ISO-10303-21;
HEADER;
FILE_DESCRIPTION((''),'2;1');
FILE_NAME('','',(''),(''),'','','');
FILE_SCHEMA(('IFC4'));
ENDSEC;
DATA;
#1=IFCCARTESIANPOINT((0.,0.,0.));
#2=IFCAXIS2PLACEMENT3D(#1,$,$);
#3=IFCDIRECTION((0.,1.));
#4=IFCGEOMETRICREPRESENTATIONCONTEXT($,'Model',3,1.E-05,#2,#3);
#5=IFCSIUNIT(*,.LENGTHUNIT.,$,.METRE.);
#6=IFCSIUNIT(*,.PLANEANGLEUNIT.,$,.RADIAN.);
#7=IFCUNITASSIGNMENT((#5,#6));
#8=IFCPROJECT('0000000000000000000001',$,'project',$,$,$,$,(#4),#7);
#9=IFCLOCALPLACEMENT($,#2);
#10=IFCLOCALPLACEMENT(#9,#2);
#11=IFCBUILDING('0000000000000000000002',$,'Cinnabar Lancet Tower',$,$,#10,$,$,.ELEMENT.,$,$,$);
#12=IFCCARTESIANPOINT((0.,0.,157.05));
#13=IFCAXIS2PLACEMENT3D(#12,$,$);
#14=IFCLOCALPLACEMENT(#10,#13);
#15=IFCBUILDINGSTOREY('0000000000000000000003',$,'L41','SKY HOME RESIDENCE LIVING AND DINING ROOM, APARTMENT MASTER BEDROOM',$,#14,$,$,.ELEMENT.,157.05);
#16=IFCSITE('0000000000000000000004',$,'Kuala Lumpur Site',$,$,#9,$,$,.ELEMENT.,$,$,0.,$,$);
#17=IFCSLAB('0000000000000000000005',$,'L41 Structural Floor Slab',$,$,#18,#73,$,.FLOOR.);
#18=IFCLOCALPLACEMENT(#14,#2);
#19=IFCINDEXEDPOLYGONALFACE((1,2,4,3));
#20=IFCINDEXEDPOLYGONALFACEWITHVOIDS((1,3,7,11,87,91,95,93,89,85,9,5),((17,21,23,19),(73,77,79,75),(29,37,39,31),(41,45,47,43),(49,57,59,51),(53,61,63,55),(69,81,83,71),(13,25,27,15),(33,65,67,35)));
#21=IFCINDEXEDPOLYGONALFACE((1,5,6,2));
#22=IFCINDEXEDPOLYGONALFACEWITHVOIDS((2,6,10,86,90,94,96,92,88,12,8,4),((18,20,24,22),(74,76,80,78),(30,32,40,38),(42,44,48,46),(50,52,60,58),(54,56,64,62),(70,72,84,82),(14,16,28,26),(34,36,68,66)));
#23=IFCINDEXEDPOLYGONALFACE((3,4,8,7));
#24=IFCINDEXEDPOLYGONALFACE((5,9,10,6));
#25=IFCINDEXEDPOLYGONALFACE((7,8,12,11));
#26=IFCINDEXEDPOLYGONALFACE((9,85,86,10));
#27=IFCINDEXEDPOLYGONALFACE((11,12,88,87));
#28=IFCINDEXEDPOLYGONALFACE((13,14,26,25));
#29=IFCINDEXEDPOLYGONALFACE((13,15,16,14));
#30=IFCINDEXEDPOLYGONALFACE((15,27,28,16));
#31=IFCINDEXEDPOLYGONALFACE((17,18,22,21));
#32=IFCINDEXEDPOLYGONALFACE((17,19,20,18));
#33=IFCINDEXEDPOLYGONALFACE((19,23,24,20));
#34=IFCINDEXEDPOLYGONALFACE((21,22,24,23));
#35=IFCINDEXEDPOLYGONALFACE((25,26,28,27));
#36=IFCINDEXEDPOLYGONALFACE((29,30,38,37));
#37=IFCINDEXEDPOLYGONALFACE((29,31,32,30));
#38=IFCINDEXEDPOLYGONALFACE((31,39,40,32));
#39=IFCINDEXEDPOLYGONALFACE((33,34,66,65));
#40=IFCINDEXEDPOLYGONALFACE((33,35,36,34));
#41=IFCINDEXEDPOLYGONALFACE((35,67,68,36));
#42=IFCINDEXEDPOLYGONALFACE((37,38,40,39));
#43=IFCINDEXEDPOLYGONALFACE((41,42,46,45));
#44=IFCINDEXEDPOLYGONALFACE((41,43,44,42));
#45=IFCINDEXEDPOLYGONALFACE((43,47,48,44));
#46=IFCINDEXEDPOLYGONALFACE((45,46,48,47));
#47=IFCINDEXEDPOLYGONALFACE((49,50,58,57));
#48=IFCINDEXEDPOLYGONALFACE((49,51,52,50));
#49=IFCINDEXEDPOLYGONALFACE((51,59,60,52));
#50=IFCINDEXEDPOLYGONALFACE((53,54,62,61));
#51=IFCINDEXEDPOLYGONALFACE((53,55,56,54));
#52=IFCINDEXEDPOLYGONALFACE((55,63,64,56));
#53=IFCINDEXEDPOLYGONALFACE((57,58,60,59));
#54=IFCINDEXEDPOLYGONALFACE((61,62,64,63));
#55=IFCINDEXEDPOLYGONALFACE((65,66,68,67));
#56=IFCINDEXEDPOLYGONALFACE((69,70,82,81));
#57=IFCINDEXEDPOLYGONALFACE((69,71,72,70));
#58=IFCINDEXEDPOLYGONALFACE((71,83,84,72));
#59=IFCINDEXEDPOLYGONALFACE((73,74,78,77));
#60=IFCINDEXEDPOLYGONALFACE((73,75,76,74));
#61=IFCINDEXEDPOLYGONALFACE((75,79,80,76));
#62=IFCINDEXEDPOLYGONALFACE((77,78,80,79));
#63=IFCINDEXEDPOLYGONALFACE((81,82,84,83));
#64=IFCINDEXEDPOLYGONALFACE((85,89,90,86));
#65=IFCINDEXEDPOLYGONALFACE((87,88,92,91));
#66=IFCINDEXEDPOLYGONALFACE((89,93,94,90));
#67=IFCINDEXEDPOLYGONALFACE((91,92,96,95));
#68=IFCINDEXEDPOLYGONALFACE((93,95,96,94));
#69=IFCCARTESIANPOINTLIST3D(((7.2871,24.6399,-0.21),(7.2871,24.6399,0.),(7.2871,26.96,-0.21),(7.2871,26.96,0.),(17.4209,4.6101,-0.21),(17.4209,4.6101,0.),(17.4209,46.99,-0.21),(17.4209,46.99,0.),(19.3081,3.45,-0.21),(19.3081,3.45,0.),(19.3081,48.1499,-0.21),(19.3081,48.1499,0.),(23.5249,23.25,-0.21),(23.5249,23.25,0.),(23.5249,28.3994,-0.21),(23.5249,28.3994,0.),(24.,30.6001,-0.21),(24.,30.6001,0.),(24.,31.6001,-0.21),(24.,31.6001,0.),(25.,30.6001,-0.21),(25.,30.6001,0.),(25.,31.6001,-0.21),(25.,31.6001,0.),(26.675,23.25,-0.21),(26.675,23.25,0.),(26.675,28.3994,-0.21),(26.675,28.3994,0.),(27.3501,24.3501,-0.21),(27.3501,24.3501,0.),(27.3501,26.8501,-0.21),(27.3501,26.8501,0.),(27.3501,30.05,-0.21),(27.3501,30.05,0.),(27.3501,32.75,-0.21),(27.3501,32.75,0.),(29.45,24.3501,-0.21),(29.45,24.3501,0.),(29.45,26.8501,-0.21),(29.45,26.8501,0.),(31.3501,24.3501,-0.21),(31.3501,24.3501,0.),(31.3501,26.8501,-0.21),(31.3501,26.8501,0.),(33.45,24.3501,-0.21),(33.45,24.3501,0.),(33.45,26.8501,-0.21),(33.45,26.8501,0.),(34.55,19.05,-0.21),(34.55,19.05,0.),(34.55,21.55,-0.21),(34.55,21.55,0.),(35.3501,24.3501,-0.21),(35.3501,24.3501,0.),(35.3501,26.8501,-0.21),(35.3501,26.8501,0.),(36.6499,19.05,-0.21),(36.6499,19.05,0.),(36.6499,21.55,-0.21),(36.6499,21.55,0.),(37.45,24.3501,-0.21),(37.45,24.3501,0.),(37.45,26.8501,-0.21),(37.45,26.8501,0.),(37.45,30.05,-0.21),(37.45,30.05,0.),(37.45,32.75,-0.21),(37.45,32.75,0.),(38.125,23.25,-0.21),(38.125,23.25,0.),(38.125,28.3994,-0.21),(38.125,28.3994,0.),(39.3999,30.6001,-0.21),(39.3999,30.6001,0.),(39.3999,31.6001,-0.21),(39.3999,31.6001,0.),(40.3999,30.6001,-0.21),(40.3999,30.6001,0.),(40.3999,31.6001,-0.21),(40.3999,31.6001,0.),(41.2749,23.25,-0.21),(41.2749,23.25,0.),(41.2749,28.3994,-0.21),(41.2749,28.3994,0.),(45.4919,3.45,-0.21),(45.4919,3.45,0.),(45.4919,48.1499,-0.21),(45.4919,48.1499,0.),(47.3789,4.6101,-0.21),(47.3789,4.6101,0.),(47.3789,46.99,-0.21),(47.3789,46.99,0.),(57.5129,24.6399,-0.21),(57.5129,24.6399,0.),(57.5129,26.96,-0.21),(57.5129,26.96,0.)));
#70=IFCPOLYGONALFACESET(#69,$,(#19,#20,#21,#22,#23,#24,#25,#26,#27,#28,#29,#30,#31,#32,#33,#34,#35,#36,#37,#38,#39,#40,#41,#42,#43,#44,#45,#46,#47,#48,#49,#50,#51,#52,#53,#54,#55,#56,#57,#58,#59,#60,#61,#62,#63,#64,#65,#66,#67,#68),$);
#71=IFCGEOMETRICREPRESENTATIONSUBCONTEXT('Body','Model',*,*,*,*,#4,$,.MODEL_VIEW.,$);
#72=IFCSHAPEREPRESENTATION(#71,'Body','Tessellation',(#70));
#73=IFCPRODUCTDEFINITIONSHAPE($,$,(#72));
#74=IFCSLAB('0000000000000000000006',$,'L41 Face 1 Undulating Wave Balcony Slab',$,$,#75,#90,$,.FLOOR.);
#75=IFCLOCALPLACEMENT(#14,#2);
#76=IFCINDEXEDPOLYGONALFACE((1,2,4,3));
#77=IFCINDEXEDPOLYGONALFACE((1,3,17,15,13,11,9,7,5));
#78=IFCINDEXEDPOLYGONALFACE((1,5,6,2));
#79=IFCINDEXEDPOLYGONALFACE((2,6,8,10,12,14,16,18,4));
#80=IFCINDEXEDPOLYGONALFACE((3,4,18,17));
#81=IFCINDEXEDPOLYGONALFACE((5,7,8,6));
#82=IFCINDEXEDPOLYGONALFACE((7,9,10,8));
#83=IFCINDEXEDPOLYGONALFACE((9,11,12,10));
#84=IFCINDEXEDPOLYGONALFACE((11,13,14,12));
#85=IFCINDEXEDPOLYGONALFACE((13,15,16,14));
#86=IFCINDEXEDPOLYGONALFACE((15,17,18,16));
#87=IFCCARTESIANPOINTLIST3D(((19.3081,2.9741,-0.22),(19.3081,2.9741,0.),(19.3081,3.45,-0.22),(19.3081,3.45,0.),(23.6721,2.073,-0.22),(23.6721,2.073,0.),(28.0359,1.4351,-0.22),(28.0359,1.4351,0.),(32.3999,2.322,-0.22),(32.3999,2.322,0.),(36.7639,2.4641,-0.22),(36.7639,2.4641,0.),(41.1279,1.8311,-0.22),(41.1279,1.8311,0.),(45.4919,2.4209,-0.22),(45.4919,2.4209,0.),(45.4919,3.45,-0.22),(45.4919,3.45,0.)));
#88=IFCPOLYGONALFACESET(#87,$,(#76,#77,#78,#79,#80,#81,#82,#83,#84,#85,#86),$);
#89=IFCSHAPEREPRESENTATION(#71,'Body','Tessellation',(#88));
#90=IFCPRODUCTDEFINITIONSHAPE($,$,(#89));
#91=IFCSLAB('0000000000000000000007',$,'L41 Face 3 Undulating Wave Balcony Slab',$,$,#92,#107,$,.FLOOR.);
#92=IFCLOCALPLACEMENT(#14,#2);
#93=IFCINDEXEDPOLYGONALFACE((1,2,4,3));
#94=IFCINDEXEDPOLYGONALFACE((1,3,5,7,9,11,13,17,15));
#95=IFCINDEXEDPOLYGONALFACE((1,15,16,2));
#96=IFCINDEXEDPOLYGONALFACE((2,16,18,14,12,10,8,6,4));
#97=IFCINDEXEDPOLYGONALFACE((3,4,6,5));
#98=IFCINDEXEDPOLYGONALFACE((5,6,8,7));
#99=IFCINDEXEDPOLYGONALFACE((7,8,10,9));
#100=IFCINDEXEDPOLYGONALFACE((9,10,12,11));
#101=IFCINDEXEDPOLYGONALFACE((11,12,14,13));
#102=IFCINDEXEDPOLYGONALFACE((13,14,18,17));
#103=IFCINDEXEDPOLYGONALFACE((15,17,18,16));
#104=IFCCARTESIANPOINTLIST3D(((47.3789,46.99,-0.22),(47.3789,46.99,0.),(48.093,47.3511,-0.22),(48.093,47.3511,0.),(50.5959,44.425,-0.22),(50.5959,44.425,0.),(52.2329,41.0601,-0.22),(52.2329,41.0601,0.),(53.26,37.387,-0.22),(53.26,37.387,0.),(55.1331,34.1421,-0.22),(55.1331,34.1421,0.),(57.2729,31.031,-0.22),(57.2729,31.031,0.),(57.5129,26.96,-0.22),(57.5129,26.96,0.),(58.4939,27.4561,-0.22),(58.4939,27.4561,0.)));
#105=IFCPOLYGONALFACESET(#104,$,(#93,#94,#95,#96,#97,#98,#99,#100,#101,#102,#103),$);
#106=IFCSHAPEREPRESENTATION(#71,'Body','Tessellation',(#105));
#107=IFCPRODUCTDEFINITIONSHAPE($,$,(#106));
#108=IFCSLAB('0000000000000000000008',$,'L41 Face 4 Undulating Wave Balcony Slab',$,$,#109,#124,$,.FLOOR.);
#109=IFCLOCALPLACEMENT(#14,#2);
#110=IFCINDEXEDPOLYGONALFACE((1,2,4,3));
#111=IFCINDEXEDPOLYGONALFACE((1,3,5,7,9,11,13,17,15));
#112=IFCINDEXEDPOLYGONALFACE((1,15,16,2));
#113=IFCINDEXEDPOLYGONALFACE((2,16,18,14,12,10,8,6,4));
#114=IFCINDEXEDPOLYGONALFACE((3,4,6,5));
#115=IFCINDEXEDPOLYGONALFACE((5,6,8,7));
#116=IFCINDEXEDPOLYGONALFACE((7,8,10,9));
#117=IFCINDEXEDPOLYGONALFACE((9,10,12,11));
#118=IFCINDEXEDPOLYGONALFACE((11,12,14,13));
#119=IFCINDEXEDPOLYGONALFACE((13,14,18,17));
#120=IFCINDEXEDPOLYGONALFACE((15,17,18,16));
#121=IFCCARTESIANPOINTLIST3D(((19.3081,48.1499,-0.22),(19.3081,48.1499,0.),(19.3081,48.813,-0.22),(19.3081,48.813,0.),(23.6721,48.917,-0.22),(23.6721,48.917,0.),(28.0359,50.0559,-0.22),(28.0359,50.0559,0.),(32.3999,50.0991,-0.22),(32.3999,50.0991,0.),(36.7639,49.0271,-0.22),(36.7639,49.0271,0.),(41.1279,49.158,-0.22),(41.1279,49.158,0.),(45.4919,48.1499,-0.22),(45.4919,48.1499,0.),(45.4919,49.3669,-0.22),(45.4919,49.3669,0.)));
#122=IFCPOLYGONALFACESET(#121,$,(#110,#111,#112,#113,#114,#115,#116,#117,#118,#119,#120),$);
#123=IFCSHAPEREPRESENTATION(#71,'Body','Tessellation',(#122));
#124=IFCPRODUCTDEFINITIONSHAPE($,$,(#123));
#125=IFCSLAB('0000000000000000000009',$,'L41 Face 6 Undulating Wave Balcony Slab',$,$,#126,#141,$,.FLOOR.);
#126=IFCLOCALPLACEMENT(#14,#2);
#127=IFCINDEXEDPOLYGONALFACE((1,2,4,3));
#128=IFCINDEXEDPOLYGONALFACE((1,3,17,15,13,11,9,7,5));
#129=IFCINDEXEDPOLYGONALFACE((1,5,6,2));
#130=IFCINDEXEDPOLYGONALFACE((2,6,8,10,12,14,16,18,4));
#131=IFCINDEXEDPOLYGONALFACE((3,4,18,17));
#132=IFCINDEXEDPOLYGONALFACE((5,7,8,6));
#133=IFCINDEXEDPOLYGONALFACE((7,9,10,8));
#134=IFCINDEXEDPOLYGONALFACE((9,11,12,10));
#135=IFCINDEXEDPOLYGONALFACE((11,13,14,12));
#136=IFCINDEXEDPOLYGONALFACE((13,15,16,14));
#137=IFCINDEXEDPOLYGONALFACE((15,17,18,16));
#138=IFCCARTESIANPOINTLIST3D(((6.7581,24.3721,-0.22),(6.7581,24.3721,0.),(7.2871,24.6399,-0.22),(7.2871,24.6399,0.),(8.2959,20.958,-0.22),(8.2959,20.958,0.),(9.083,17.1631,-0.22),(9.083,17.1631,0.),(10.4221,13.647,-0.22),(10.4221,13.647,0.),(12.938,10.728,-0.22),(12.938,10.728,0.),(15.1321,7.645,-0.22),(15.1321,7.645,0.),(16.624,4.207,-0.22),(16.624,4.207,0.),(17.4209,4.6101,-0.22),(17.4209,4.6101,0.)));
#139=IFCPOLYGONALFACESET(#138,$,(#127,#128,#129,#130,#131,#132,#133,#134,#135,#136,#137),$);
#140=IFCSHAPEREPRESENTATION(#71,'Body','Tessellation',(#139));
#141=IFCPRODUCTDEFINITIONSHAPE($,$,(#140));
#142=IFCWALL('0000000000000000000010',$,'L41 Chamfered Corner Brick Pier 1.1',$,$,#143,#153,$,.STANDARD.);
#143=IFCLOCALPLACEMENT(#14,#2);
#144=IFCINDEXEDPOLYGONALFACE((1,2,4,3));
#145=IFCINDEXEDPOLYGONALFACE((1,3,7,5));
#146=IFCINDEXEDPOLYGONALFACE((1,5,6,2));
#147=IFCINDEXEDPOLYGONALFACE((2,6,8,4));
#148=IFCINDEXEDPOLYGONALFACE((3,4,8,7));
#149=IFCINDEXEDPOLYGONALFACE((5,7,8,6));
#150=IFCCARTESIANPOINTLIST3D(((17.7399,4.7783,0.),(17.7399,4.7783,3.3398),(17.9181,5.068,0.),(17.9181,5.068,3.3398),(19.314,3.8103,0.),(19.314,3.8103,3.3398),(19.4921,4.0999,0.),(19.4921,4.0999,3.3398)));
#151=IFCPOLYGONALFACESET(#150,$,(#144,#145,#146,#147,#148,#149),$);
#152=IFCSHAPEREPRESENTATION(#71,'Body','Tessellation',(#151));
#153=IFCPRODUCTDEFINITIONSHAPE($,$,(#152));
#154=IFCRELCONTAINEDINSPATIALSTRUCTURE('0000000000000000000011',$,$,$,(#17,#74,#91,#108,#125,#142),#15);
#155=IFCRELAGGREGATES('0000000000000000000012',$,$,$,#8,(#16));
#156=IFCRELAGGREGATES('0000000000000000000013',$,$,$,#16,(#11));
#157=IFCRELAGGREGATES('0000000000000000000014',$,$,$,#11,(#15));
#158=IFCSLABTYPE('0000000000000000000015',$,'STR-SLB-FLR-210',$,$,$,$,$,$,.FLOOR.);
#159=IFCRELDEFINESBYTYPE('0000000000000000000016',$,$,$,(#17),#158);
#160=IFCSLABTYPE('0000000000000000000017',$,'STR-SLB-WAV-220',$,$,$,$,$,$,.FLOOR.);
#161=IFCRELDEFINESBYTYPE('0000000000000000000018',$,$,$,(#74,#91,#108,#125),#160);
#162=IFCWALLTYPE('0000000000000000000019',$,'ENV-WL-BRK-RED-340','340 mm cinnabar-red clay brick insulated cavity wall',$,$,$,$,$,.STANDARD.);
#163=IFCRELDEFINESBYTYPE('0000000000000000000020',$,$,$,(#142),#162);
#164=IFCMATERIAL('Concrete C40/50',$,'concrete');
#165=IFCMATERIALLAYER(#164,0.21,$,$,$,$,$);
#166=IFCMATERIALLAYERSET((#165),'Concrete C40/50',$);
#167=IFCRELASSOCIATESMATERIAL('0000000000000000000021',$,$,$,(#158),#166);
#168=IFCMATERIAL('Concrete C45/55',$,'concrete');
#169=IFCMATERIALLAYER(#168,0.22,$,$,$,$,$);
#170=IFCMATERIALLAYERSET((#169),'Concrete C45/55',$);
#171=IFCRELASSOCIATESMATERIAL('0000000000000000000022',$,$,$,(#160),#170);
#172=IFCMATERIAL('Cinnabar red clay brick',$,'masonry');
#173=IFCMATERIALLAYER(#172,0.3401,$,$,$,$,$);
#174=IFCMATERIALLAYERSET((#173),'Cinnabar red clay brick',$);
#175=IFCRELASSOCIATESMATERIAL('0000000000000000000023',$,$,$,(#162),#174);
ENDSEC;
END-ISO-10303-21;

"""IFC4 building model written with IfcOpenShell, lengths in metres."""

from ifc_helpers import new_model, si_unit, direction, frame, frame_2d, origin, place, context, subcontext, project, spatial, polyline, rectangle, outline, extrude, material, layer, layer_set, type_object, element, save


model = new_model("IFC4")

# Units and contexts
model_context = context("Model", 3, precision=1e-05, world=origin(), true_north=direction((0.0, 1.0)))
body_context = subcontext(model_context, "Body", "Model", "MODEL_VIEW")
ifc_project = project(units=[si_unit("LENGTHUNIT", "METRE"), si_unit("PLANEANGLEUNIT", "RADIAN")], contexts=[model_context])

# Site, building, storey
site_placement = place(None, origin())
site = spatial("IfcSite", under=ifc_project, at=site_placement, Name="Kuala Lumpur Site", CompositionType="ELEMENT", RefElevation=0.0)
building_placement = place(site_placement, origin())
building = spatial("IfcBuilding", under=site, at=building_placement, Name="Cinnabar Lancet Tower", CompositionType="ELEMENT")
storey_placement = place(building_placement, frame((0.0, 0.0, 157.05)))
storey = spatial("IfcBuildingStorey", under=building, at=storey_placement, Name="L41", Description="SKY HOME RESIDENCE LIVING AND DINING ROOM, APARTMENT MASTER BEDROOM", CompositionType="ELEMENT", Elevation=157.05)

# Slabs
ifc_material_1 = material(Name="Concrete C40/50", Category="concrete")
ifc_layer_1 = layer(ifc_material_1, 0.21)
ifc_layer_set_1 = layer_set([ifc_layer_1], Name="Concrete C40/50")
slab_type_1 = type_object("IfcSlabType", Name="STR-SLB-FLR-210", PredefinedType="FLOOR", material=ifc_layer_set_1)
slab_1_placement = place(storey_placement, frame((0.0, 0.0, -0.21)))
element("IfcSlab", 1, at=slab_1_placement, inside=storey, type_object=slab_type_1, Name="L41 Structural Floor Slab", PredefinedType="FLOOR", context=body_context, shape_type="SweptSolid", body=[
    extrude(outline(polyline([(17.4209, 4.6101), (19.3081, 3.45), (45.4919, 3.45), (47.3789, 4.6101), (57.5129, 24.6399), (57.5129, 26.96), (47.3789, 46.99), (45.4919, 48.1499), (19.3081, 48.1499), (17.4209, 46.99), (7.2871, 26.96), (7.2871, 24.6399), (17.4209, 4.6101)]), holes=[polyline([(23.5249, 23.25), (26.675, 23.25), (26.675, 28.3994), (23.5249, 28.3994), (23.5249, 23.25)]), polyline([(38.125, 23.25), (41.2749, 23.25), (41.2749, 28.3994), (38.125, 28.3994), (38.125, 23.25)]), polyline([(27.3501, 30.05), (37.45, 30.05), (37.45, 32.75), (27.3501, 32.75), (27.3501, 30.05)]), polyline([(34.55, 19.05), (36.6499, 19.05), (36.6499, 21.55), (34.55, 21.55), (34.55, 19.05)]), polyline([(27.3501, 24.3501), (29.45, 24.3501), (29.45, 26.8501), (27.3501, 26.8501), (27.3501, 24.3501)]), polyline([(35.3501, 24.3501), (37.45, 24.3501), (37.45, 26.8501), (35.3501, 26.8501), (35.3501, 24.3501)]), polyline([(31.3501, 24.3501), (33.45, 24.3501), (33.45, 26.8501), (31.3501, 26.8501), (31.3501, 24.3501)]), polyline([(24.0, 30.6001), (25.0, 30.6001), (25.0, 31.6001), (24.0, 31.6001), (24.0, 30.6001)]), polyline([(39.3999, 30.6001), (40.3999, 30.6001), (40.3999, 31.6001), (39.3999, 31.6001), (39.3999, 30.6001)])]), origin(), (0.0, 0.0, 1.0), 0.21),
])
ifc_material_2 = material(Name="Concrete C45/55", Category="concrete")
ifc_layer_2 = layer(ifc_material_2, 0.22)
ifc_layer_set_2 = layer_set([ifc_layer_2], Name="Concrete C45/55")
slab_type_2 = type_object("IfcSlabType", Name="STR-SLB-WAV-220", PredefinedType="FLOOR", material=ifc_layer_set_2)
slab_2_placement = place(storey_placement, frame((0.0, 0.0, -0.22)))
element("IfcSlab", 2, at=slab_2_placement, inside=storey, type_object=slab_type_2, Name="L41 Face 1 Undulating Wave Balcony Slab", PredefinedType="FLOOR", context=body_context, shape_type="SweptSolid", body=[
    extrude(outline(polyline([(19.3081, 3.45), (19.3081, 2.9741), (23.6721, 2.073), (28.0359, 1.4351), (32.3999, 2.322), (36.7639, 2.4641), (41.1279, 1.8311), (45.4919, 2.4209), (45.4919, 3.45), (19.3081, 3.45)])), origin(), (0.0, 0.0, 1.0), 0.22),
])
slab_3_placement = place(storey_placement, frame((0.0, 0.0, -0.22)))
element("IfcSlab", 3, at=slab_3_placement, inside=storey, type_object=slab_type_2, Name="L41 Face 3 Undulating Wave Balcony Slab", PredefinedType="FLOOR", context=body_context, shape_type="SweptSolid", body=[
    extrude(outline(polyline([(57.5129, 26.96), (58.4939, 27.4561), (57.2729, 31.031), (55.1331, 34.1421), (53.26, 37.387), (52.2329, 41.0601), (50.5959, 44.425), (48.093, 47.3511), (47.3789, 46.99), (57.5129, 26.96)])), origin(), (0.0, 0.0, 1.0), 0.22),
])
slab_4_placement = place(storey_placement, frame((0.0, 0.0, -0.22)))
element("IfcSlab", 4, at=slab_4_placement, inside=storey, type_object=slab_type_2, Name="L41 Face 4 Undulating Wave Balcony Slab", PredefinedType="FLOOR", context=body_context, shape_type="SweptSolid", body=[
    extrude(outline(polyline([(45.4919, 48.1499), (45.4919, 49.3669), (41.1279, 49.158), (36.7639, 49.0271), (32.3999, 50.0991), (28.0359, 50.0559), (23.6721, 48.917), (19.3081, 48.813), (19.3081, 48.1499), (45.4919, 48.1499)])), origin(), (0.0, 0.0, 1.0), 0.22),
])
slab_5_placement = place(storey_placement, frame((0.0, 0.0, -0.22)))
element("IfcSlab", 5, at=slab_5_placement, inside=storey, type_object=slab_type_2, Name="L41 Face 6 Undulating Wave Balcony Slab", PredefinedType="FLOOR", context=body_context, shape_type="SweptSolid", body=[
    extrude(outline(polyline([(7.2871, 24.6399), (6.7581, 24.3721), (8.2959, 20.958), (9.083, 17.1631), (10.4221, 13.647), (12.938, 10.728), (15.1321, 7.645), (16.624, 4.207), (17.4209, 4.6101), (7.2871, 24.6399)])), origin(), (0.0, 0.0, 1.0), 0.22),
])

# Wall
ifc_material_3 = material(Name="Cinnabar red clay brick", Category="masonry")
ifc_layer_3 = layer(ifc_material_3, 0.3401)
ifc_layer_set_3 = layer_set([ifc_layer_3], Name="Cinnabar red clay brick")
wall_type = type_object("IfcWallType", Name="ENV-WL-BRK-RED-340", Description="340 mm cinnabar-red clay brick insulated cavity wall", PredefinedType="STANDARD", material=ifc_layer_set_3)
wall_1_placement = place(storey_placement, frame((17.8291, 4.9231, 0.0), z_axis=(0.0, 0.0, 1.0), x_axis=(0.851799, -0.523869, 0.0)))
element("IfcWall", 6, at=wall_1_placement, inside=storey, type_object=wall_type, Name="L41 Chamfered Corner Brick Pier 1.1", PredefinedType="STANDARD", context=body_context, shape_type="SweptSolid", body=[
    extrude(rectangle(XDim=1.8479, YDim=0.3401, at=frame_2d((0.9238, 0.0))), origin(), (0.0, 0.0, 1.0), 3.3398),
])

save(model, "model.ifc")
